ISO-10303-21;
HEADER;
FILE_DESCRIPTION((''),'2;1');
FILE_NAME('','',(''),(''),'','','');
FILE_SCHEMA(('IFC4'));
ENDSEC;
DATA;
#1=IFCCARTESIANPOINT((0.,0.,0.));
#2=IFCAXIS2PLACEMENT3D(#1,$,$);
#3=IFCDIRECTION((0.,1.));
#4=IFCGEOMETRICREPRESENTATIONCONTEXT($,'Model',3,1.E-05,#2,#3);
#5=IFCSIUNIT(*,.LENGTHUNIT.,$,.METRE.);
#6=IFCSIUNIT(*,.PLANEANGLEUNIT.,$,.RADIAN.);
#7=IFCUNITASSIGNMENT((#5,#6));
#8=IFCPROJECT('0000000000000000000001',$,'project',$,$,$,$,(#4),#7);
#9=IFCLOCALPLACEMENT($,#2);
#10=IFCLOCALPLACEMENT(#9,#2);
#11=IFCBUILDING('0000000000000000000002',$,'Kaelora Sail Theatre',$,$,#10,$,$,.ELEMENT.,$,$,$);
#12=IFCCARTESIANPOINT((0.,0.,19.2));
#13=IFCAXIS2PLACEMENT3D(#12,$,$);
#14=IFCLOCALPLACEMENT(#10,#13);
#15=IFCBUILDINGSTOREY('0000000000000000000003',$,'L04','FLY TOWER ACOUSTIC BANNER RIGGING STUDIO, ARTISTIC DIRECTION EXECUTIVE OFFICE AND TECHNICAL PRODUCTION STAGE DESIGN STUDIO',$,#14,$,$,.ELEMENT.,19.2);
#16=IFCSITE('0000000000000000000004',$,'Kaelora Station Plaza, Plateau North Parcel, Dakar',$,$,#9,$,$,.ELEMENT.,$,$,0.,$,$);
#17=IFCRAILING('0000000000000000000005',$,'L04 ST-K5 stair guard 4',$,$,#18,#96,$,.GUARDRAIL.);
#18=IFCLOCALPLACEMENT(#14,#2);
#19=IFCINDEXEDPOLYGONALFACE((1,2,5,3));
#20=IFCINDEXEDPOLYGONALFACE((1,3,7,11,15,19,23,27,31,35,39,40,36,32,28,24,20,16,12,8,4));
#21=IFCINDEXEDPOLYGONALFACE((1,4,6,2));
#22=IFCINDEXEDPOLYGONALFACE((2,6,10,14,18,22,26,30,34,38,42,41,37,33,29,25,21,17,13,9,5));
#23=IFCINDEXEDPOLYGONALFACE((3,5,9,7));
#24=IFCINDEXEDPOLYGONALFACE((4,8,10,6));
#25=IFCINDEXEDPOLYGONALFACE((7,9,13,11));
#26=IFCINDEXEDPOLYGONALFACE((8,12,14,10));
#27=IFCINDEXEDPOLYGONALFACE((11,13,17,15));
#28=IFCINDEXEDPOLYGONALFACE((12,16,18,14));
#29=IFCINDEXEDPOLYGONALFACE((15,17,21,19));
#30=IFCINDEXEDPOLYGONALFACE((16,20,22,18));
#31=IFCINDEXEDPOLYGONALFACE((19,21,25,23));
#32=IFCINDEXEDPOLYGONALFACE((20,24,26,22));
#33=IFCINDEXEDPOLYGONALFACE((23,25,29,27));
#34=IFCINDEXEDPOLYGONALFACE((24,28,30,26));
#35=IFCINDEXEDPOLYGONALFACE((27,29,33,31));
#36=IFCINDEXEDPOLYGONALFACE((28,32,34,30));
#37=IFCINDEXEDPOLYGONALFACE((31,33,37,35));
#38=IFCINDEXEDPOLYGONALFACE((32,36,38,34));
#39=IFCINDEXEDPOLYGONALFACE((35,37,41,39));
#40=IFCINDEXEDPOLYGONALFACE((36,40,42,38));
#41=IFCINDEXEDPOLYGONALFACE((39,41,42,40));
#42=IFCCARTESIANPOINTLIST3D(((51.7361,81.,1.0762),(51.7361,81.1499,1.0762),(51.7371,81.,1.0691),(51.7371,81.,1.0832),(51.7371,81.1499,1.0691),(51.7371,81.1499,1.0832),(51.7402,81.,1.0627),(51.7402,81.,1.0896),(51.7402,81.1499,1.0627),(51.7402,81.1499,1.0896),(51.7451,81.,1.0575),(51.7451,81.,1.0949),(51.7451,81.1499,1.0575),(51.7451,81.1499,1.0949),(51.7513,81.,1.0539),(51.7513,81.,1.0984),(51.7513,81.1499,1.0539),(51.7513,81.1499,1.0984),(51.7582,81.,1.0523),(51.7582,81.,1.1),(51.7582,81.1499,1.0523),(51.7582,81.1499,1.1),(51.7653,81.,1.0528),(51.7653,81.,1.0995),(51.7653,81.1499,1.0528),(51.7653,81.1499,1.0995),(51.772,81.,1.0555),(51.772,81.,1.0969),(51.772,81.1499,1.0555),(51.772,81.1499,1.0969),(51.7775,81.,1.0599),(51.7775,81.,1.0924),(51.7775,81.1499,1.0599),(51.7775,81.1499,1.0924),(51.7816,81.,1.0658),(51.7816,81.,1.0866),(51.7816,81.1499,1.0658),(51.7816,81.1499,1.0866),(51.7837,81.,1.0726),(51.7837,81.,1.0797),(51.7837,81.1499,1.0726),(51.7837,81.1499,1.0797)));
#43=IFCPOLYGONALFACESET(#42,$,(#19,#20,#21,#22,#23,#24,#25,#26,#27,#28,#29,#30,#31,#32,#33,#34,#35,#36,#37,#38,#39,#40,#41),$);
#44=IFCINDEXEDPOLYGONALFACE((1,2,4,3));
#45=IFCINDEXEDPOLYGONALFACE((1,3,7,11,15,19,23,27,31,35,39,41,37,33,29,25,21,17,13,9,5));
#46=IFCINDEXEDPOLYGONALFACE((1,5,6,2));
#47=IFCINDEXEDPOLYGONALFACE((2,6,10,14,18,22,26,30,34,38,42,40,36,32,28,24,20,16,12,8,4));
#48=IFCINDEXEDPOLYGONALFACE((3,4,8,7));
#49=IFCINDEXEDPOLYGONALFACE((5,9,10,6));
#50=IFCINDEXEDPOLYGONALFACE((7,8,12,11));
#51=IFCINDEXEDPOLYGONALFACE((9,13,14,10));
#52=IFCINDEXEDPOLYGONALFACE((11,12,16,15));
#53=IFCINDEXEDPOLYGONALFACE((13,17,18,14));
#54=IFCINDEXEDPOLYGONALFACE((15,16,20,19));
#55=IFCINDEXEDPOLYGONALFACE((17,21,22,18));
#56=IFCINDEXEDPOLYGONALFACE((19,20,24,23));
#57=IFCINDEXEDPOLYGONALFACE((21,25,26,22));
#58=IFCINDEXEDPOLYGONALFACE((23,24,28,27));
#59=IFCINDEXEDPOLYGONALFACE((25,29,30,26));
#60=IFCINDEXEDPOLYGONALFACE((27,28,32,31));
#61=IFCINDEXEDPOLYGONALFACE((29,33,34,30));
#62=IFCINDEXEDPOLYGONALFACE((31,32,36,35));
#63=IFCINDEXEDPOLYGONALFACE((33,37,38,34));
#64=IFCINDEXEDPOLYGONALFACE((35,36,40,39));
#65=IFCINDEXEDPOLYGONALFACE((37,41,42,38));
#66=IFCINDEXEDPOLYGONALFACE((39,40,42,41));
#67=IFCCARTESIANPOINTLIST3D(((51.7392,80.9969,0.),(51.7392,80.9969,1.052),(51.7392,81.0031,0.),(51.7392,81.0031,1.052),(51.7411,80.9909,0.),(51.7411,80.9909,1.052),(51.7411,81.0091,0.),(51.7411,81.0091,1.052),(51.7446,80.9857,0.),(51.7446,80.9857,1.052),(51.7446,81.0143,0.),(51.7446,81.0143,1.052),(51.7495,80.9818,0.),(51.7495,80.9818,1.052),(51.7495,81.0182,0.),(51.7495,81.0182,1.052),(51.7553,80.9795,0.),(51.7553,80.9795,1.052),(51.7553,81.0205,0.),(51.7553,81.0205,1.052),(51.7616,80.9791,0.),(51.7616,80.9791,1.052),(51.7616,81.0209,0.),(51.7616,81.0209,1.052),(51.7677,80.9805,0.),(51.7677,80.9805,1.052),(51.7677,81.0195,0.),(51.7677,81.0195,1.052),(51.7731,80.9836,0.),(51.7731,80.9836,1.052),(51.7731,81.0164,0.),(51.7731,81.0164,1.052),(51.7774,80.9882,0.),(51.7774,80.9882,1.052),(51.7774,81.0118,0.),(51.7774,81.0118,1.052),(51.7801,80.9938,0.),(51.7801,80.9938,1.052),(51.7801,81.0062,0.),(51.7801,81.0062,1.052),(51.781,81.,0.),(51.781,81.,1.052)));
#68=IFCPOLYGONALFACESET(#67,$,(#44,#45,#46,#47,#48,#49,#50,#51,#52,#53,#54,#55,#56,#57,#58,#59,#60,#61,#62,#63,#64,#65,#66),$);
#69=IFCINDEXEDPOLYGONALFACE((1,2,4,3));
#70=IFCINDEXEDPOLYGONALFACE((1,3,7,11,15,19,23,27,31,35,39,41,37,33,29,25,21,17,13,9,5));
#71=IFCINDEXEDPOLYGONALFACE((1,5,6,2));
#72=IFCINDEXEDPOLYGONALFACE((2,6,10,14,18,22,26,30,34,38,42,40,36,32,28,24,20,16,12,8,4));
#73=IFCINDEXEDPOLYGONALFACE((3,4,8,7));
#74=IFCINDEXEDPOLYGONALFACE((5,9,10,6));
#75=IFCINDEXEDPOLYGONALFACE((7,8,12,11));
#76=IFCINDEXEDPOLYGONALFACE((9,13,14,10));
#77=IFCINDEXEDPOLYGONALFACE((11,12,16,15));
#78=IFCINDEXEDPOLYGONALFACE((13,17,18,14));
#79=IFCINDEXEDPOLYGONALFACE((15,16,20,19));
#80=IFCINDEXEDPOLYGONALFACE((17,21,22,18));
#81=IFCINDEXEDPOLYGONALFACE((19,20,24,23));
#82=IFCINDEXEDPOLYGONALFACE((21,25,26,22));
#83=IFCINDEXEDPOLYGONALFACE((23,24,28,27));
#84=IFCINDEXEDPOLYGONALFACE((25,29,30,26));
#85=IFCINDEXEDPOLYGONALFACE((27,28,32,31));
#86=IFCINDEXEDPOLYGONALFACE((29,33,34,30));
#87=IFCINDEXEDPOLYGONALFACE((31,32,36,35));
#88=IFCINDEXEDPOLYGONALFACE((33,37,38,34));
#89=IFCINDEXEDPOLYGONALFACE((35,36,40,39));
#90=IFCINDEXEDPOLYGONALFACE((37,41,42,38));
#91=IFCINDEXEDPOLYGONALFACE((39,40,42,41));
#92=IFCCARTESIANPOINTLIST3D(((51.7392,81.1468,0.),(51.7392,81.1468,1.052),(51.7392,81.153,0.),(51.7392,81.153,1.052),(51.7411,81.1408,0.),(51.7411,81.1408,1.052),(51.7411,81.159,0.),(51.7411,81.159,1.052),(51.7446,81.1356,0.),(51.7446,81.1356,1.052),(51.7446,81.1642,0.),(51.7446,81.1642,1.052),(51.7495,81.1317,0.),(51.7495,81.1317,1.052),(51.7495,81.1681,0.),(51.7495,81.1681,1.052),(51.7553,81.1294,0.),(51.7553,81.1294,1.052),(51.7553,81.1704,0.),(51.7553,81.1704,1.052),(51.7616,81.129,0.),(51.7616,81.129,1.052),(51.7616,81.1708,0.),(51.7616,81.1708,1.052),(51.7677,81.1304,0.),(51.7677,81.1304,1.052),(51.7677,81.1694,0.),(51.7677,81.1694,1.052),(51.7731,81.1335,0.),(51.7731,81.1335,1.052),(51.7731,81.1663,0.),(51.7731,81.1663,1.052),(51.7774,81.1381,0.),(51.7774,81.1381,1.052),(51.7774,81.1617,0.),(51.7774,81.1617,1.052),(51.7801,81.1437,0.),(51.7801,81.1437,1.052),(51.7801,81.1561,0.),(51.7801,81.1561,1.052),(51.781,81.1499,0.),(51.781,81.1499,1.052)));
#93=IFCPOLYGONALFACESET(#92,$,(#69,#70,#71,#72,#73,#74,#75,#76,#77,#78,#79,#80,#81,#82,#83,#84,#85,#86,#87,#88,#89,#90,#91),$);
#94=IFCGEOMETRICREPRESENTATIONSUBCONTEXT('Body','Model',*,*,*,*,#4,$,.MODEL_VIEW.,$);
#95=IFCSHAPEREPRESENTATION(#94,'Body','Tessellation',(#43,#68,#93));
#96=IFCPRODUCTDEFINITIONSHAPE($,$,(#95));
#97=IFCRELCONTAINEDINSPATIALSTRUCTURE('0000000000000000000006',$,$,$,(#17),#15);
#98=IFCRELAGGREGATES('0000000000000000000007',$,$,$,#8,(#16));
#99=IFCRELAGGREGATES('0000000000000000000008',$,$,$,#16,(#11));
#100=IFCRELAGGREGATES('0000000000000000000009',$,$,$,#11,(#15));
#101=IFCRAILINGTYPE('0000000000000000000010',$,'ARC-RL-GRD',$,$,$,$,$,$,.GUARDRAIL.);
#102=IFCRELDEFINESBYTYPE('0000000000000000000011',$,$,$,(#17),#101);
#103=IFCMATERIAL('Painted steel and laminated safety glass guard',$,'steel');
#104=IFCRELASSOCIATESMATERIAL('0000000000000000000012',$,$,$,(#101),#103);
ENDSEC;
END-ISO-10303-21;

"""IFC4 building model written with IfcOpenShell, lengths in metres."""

from ifc_helpers import new_model, si_unit, direction, frame, origin, origin_2d, place, context, subcontext, project, spatial, circle, extrude, material, type_object, element, save


model = new_model("IFC4")

# Units and contexts
model_context = context("Model", 3, precision=1e-05, world=origin(), true_north=direction((0.0, 1.0)))
body_context = subcontext(model_context, "Body", "Model", "MODEL_VIEW")
ifc_project = project(units=[si_unit("LENGTHUNIT", "METRE"), si_unit("PLANEANGLEUNIT", "RADIAN")], contexts=[model_context])

# Site, building, storey
site_placement = place(None, origin())
site = spatial("IfcSite", under=ifc_project, at=site_placement, Name="Kaelora Station Plaza, Plateau North Parcel, Dakar", CompositionType="ELEMENT", RefElevation=0.0)
building_placement = place(site_placement, origin())
building = spatial("IfcBuilding", under=site, at=building_placement, Name="Kaelora Sail Theatre", CompositionType="ELEMENT")
storey_placement = place(building_placement, frame((0.0, 0.0, 19.2)))
storey = spatial("IfcBuildingStorey", under=building, at=storey_placement, Name="L04", Description="FLY TOWER ACOUSTIC BANNER RIGGING STUDIO, ARTISTIC DIRECTION EXECUTIVE OFFICE AND TECHNICAL PRODUCTION STAGE DESIGN STUDIO", CompositionType="ELEMENT", Elevation=19.2)

# Railing
ifc_material_1 = material(Name="Painted steel and laminated safety glass guard", Category="steel")
railing_type_1 = type_object("IfcRailingType", Name="ARC-RL-GRD", PredefinedType="GUARDRAIL", material=ifc_material_1)
railing_1_placement = place(storey_placement, frame((51.76, 81.0, 0.0)))
element("IfcRailing", 1, at=railing_1_placement, inside=storey, type_object=railing_type_1, Name="L04 ST-K5 stair guard 4", PredefinedType="GUARDRAIL", context=body_context, shape_type="SweptSolid", body=[
    extrude(circle(Radius=0.0239, at=origin_2d()), frame((0.0, 0.0, 1.0762), z_axis=(0.0, 1.0, 0.0), x_axis=(-1.0, 0.0, 0.0)), (0.0, 0.0, 1.0), 0.1499),
    extrude(circle(Radius=0.021, at=origin_2d()), origin(), (0.0, 0.0, 1.0), 1.052),
    extrude(circle(Radius=0.021, at=origin_2d()), frame((0.0, 0.1499, 0.0)), (0.0, 0.0, 1.0), 1.052),
])

save(model, "model.ifc")
